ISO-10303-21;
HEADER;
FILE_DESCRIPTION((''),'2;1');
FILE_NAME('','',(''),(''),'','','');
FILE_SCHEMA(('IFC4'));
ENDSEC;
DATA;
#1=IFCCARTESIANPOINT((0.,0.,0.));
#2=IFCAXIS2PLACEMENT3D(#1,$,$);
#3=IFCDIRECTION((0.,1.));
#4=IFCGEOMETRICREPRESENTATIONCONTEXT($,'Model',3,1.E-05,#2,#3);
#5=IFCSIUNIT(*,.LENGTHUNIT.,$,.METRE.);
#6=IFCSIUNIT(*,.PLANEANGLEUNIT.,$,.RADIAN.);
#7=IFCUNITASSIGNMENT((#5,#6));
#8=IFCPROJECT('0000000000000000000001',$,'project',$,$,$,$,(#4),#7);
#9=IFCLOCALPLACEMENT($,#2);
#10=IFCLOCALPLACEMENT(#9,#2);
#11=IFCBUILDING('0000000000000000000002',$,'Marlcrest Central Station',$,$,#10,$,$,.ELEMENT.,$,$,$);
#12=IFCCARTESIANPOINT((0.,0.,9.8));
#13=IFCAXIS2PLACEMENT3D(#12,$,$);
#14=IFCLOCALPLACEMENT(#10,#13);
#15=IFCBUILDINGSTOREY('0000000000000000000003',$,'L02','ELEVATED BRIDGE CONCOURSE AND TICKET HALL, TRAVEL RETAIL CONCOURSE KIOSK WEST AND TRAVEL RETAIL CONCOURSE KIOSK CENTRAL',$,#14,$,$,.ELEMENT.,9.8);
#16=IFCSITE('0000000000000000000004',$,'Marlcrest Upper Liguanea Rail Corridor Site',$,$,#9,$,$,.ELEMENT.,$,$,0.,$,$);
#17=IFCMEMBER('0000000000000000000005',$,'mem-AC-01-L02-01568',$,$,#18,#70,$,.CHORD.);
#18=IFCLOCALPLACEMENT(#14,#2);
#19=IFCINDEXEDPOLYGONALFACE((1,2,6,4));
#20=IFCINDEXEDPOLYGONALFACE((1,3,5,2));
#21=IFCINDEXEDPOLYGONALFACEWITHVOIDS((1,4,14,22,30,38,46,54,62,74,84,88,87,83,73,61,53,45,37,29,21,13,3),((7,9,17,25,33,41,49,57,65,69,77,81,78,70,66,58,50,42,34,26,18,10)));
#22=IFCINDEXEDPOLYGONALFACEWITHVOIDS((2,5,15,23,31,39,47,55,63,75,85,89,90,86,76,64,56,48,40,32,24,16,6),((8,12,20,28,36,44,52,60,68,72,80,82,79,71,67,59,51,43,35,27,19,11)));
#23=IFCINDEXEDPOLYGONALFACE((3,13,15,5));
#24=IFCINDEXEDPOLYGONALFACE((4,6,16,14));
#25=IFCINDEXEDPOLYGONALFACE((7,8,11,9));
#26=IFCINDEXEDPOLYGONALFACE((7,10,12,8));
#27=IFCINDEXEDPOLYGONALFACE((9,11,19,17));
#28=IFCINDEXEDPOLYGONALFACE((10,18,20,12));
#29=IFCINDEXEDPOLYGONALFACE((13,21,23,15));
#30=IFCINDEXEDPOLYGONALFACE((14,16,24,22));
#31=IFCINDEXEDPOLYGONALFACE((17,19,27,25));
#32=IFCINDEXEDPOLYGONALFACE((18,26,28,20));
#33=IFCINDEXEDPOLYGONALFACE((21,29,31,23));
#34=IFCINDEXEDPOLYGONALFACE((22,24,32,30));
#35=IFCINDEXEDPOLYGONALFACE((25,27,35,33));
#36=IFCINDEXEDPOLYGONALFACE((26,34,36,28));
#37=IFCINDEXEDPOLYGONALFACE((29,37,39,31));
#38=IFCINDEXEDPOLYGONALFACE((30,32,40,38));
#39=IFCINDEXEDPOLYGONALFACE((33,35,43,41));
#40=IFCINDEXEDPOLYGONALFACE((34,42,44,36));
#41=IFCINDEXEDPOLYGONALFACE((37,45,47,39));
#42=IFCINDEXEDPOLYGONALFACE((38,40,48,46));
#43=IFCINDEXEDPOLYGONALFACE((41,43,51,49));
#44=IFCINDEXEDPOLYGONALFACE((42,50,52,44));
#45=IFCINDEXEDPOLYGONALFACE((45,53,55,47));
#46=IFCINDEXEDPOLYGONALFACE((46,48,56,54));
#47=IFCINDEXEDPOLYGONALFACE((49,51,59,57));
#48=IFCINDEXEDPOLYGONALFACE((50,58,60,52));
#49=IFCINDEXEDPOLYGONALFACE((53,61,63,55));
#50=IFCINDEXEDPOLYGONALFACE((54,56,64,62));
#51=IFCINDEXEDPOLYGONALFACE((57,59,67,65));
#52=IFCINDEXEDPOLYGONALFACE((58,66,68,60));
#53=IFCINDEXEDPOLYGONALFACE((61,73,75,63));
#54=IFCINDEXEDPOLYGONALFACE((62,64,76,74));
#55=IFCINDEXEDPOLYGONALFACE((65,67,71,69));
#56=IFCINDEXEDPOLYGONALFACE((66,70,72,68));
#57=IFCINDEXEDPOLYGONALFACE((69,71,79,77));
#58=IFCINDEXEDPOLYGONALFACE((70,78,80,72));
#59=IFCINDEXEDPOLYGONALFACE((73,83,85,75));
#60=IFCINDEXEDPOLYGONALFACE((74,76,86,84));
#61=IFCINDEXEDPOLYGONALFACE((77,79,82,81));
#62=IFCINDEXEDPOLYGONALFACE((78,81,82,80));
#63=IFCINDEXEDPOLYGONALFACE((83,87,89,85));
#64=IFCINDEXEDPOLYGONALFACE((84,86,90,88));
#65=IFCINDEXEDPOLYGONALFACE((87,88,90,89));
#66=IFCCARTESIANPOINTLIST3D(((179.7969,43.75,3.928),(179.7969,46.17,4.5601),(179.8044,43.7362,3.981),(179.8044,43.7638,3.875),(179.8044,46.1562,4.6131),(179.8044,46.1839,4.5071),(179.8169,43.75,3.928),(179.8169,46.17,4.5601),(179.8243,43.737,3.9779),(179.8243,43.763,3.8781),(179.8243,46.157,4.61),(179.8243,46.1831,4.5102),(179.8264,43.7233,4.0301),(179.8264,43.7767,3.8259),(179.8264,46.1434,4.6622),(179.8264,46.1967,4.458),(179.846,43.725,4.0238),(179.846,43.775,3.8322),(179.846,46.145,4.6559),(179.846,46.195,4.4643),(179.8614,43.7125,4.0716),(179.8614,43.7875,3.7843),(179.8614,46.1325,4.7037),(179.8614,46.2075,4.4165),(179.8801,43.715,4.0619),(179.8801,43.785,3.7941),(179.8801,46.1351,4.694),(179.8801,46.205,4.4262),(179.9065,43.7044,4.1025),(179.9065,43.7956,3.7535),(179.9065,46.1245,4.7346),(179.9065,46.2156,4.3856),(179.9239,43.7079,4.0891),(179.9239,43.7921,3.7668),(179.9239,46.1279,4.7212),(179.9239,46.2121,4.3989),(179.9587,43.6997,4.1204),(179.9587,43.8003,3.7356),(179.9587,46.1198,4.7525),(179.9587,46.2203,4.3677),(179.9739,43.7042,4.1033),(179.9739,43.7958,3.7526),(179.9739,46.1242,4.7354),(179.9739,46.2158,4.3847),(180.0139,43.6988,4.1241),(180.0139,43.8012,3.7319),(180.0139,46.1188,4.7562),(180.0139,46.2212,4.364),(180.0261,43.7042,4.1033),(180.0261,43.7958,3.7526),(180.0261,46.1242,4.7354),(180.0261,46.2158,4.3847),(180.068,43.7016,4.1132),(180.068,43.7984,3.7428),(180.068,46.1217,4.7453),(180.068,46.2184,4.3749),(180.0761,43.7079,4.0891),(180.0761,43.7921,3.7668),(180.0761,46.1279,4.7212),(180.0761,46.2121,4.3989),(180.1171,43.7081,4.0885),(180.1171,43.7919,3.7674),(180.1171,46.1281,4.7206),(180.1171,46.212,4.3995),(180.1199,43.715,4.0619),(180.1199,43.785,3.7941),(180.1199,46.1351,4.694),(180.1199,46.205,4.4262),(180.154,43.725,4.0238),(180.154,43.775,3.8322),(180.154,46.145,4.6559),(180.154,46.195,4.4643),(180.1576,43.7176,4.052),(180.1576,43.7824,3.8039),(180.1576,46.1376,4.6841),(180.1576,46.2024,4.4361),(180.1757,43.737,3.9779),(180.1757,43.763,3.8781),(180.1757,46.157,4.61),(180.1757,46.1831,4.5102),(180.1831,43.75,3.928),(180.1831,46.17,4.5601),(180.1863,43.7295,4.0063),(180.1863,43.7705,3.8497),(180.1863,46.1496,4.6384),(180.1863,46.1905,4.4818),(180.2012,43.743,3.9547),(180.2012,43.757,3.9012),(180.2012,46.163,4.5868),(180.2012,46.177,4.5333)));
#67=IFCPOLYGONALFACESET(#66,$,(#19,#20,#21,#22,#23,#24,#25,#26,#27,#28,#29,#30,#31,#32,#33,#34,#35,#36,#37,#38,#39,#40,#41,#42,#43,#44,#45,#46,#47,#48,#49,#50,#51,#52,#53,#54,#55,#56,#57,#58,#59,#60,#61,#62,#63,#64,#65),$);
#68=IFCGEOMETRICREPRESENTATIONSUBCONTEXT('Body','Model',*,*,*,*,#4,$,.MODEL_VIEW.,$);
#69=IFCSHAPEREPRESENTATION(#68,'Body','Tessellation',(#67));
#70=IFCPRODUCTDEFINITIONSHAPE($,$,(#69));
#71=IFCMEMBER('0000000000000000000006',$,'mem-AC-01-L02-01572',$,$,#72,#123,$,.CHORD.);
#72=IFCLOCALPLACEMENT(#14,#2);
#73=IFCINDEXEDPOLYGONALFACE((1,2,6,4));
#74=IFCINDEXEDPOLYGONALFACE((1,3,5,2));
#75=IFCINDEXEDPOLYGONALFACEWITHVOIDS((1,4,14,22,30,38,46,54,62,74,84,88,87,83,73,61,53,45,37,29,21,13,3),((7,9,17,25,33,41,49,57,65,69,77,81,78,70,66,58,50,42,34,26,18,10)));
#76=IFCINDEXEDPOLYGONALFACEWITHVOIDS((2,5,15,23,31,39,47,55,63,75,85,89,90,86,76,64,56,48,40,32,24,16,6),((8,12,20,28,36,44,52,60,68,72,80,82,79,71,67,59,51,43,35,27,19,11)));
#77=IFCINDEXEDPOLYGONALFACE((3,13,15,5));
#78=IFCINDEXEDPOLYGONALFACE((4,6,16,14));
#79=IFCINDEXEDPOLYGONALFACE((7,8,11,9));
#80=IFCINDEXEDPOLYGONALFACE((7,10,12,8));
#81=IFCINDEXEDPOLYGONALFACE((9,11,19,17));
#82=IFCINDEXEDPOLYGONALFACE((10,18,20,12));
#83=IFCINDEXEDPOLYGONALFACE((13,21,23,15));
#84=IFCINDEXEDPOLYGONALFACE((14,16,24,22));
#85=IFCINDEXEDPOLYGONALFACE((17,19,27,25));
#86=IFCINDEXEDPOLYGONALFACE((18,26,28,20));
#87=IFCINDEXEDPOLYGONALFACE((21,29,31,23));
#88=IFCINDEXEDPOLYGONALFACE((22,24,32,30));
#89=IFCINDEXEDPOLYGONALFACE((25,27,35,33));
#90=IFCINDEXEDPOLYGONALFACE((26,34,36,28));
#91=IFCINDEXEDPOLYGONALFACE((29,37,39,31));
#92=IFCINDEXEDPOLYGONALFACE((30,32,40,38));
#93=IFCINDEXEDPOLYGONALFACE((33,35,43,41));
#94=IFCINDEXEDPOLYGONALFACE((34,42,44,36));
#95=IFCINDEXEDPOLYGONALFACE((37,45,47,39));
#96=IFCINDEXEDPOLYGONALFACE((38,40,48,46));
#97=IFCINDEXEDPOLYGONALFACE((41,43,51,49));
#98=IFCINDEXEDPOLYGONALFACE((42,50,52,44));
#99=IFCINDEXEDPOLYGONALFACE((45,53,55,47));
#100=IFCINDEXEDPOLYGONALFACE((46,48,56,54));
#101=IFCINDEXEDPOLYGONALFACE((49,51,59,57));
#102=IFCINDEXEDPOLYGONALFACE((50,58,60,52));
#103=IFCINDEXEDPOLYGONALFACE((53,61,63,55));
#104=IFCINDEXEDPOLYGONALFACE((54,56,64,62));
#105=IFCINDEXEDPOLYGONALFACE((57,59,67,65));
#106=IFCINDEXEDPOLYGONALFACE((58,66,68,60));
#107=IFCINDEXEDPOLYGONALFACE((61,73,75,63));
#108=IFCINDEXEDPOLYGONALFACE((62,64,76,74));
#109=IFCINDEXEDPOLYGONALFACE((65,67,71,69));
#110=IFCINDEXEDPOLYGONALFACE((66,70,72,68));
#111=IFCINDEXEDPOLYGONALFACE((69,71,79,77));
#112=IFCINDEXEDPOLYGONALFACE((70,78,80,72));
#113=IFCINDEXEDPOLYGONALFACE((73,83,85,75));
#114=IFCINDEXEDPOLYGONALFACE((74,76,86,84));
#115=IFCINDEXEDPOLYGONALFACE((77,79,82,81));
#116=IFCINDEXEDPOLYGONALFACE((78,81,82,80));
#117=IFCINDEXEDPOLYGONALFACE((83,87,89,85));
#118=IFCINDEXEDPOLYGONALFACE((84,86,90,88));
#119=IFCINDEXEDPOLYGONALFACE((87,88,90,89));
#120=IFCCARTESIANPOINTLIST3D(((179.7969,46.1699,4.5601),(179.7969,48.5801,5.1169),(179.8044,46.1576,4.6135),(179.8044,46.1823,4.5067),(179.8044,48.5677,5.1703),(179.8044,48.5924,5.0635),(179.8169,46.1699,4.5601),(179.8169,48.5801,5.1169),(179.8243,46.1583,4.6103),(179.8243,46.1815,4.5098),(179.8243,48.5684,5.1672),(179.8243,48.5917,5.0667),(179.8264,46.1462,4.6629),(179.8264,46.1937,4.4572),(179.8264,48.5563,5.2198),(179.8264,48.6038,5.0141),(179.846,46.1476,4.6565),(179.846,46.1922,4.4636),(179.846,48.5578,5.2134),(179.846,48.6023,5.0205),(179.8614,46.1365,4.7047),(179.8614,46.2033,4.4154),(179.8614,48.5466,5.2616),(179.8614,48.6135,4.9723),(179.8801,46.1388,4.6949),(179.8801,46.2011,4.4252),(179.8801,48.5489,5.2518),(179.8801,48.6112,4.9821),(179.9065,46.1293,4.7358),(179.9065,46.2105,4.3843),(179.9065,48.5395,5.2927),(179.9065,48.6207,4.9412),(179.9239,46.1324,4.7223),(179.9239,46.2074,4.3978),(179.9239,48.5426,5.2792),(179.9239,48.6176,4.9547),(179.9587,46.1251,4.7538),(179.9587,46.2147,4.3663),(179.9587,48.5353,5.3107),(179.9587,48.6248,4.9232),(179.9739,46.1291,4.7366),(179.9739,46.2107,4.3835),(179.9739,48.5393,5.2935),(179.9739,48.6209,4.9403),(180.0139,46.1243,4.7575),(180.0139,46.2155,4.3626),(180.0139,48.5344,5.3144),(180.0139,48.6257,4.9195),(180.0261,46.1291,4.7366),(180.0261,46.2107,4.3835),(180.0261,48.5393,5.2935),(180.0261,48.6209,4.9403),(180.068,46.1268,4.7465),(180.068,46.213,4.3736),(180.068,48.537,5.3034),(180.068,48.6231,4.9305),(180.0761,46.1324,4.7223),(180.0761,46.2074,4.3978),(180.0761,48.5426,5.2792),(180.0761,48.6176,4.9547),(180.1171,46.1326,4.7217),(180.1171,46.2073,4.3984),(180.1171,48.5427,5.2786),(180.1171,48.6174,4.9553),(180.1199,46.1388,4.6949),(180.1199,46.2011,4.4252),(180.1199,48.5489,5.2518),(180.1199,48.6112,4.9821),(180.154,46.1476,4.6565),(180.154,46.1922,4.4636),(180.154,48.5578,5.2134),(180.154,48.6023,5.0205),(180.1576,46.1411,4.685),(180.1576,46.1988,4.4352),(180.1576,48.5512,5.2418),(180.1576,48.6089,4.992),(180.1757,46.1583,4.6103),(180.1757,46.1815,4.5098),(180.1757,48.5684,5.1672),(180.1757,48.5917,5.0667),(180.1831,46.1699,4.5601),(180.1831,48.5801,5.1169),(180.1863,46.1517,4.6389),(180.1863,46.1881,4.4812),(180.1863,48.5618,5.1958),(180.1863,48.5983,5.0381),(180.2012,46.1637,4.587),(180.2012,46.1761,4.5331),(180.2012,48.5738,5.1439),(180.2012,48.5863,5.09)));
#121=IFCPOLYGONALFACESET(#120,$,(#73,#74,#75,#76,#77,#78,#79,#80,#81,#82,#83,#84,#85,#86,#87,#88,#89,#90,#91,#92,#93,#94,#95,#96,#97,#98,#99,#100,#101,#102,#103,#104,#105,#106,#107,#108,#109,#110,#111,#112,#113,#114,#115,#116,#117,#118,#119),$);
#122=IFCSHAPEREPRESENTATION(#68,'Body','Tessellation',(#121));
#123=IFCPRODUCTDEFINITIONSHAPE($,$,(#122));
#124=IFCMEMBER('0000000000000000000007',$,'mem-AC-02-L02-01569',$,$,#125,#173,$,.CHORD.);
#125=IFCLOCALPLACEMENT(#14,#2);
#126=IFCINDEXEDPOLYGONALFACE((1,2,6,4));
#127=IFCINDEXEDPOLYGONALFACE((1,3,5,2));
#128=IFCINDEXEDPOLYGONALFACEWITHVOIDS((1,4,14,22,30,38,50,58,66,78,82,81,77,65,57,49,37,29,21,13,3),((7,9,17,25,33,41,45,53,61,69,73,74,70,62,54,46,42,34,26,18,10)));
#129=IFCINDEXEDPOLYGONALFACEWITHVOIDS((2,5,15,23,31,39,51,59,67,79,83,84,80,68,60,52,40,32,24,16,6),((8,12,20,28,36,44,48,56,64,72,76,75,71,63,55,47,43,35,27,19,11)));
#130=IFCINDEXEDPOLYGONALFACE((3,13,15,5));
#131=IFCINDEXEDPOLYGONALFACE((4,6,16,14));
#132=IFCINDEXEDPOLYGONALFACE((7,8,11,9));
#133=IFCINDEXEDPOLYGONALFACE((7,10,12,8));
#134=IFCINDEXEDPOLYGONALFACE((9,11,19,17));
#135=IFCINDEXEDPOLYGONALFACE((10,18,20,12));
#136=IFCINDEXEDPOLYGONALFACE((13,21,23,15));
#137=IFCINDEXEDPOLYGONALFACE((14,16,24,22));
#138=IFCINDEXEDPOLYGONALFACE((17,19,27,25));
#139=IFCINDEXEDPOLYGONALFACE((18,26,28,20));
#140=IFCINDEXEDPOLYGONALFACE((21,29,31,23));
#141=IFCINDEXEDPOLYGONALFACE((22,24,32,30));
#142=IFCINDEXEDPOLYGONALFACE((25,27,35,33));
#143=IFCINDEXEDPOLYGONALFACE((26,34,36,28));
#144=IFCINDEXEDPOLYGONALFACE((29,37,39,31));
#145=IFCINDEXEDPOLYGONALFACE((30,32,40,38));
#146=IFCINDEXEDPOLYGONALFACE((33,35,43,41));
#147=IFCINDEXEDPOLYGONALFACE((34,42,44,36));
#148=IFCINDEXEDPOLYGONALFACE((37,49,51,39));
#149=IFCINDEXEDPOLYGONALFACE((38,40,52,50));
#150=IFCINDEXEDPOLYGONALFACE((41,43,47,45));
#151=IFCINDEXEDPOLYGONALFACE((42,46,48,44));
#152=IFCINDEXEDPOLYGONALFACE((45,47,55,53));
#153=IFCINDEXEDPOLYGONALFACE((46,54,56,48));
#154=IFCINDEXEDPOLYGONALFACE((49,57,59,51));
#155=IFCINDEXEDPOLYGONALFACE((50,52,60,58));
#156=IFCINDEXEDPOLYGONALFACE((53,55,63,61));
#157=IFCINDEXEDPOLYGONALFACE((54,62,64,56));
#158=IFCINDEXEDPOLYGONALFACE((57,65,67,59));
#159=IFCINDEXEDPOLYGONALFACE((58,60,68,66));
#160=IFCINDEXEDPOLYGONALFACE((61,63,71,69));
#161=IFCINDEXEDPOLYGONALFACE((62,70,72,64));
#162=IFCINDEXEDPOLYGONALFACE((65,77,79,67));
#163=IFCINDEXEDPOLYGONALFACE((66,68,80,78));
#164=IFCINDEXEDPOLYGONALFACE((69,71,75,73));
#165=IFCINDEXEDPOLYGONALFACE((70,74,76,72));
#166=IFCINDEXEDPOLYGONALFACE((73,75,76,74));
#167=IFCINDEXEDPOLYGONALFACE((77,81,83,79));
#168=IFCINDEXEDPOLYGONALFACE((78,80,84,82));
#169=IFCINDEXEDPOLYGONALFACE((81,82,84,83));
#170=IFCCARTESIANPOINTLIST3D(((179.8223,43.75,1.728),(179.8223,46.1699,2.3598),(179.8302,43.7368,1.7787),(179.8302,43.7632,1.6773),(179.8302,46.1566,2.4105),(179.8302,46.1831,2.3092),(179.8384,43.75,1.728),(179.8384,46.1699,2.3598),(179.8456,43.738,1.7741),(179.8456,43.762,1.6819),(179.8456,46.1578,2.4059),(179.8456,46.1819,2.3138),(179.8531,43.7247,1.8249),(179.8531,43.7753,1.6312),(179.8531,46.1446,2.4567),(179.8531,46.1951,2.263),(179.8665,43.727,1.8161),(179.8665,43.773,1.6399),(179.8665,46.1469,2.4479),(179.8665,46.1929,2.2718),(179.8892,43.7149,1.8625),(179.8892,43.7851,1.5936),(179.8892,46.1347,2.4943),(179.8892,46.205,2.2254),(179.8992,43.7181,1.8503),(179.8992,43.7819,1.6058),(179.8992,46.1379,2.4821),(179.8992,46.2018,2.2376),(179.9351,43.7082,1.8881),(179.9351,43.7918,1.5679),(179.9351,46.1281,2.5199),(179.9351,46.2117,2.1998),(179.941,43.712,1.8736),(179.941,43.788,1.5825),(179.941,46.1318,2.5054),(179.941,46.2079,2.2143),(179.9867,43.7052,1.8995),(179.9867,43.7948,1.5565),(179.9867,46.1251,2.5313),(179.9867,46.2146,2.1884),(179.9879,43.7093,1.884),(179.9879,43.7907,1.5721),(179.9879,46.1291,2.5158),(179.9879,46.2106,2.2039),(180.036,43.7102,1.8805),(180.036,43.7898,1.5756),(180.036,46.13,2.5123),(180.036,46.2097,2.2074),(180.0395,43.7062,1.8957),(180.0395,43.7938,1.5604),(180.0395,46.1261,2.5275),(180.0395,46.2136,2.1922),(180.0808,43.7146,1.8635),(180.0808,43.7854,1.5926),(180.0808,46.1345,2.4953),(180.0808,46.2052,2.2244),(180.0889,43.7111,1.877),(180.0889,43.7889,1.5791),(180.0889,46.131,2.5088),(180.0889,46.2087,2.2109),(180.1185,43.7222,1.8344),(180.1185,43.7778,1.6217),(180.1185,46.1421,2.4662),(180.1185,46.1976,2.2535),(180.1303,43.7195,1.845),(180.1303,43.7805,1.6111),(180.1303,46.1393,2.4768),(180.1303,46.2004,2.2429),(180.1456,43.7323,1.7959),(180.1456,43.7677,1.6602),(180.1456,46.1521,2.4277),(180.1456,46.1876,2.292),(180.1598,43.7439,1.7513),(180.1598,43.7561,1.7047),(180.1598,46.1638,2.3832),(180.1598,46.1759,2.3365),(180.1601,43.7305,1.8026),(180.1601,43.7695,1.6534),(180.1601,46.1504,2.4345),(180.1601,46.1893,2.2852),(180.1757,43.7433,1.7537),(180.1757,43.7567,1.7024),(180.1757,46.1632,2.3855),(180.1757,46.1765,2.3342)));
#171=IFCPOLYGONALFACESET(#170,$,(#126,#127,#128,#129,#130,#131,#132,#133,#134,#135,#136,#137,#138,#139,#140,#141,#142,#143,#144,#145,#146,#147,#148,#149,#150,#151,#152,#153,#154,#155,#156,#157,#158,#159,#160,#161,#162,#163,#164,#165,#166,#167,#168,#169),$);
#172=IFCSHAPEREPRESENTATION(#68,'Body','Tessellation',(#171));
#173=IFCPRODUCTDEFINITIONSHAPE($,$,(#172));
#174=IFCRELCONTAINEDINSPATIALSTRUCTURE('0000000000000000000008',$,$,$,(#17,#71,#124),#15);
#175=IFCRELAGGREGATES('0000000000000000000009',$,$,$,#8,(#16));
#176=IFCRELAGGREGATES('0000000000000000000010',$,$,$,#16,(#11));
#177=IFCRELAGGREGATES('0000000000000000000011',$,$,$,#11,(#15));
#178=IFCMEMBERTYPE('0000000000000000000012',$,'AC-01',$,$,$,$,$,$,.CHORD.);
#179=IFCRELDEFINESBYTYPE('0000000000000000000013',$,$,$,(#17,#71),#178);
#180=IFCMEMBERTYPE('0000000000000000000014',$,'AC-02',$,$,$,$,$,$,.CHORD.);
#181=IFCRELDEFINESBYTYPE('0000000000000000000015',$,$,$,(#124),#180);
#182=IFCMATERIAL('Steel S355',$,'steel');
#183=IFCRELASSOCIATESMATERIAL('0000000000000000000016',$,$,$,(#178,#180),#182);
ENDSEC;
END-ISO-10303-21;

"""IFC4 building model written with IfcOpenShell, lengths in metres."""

from ifc_helpers import new_model, si_unit, direction, frame, origin, origin_2d, place, context, subcontext, project, spatial, hollow_circle, extrude, material, material_profile, profile_set, type_object, element, save


model = new_model("IFC4")

# Units and contexts
model_context = context("Model", 3, precision=1e-05, world=origin(), true_north=direction((0.0, 1.0)))
body_context = subcontext(model_context, "Body", "Model", "MODEL_VIEW")
ifc_project = project(units=[si_unit("LENGTHUNIT", "METRE"), si_unit("PLANEANGLEUNIT", "RADIAN")], contexts=[model_context])

# Site, building, storey
site_placement = place(None, origin())
site = spatial("IfcSite", under=ifc_project, at=site_placement, Name="Marlcrest Upper Liguanea Rail Corridor Site", CompositionType="ELEMENT", RefElevation=0.0)
building_placement = place(site_placement, origin())
building = spatial("IfcBuilding", under=site, at=building_placement, Name="Marlcrest Central Station", CompositionType="ELEMENT")
storey_placement = place(building_placement, frame((0.0, 0.0, 9.8)))
storey = spatial("IfcBuildingStorey", under=building, at=storey_placement, Name="L02", Description="ELEVATED BRIDGE CONCOURSE AND TICKET HALL, TRAVEL RETAIL CONCOURSE KIOSK WEST AND TRAVEL RETAIL CONCOURSE KIOSK CENTRAL", CompositionType="ELEMENT", Elevation=9.8)

# Members
ifc_material_1 = material(Name="Steel S355", Category="steel")
ifc_material_profile_1 = material_profile(ifc_material_1, hollow_circle(Radius=0.2031, WallThickness=0.02, at=origin_2d()), Name="CHS 406.4x20")
ifc_profile_set_1 = profile_set([ifc_material_profile_1], Name="Steel S355")
member_type_1 = type_object("IfcMemberType", Name="AC-01", PredefinedType="CHORD", material=ifc_profile_set_1)
member_1_placement = place(storey_placement, frame((180.0, 43.75, 3.928), z_axis=(0.0, 0.967539, 0.25272), x_axis=(-1.0, 0.0, 0.0)))
element("IfcMember", 1, at=member_1_placement, inside=storey, type_object=member_type_1, Name="mem-AC-01-L02-01568", PredefinedType="CHORD", context=body_context, shape_type="SweptSolid", body=[
    extrude(hollow_circle(Radius=0.2031, WallThickness=0.02, at=origin_2d()), origin(), (0.0, 0.0, 1.0), 2.5012),
])
member_2_placement = place(storey_placement, frame((180.0, 46.1699, 4.5601), z_axis=(0.0, 0.97433, 0.225126), x_axis=(-1.0, 0.0, 0.0)))
element("IfcMember", 2, at=member_2_placement, inside=storey, type_object=member_type_1, Name="mem-AC-01-L02-01572", PredefinedType="CHORD", context=body_context, shape_type="SweptSolid", body=[
    extrude(hollow_circle(Radius=0.2031, WallThickness=0.02, at=origin_2d()), origin(), (0.0, 0.0, 1.0), 2.4736),
])
ifc_material_profile_2 = material_profile(ifc_material_1, hollow_circle(Radius=0.1777, WallThickness=0.0161, at=origin_2d()), Name="CHS 355.6x16")
ifc_profile_set_2 = profile_set([ifc_material_profile_2], Name="Steel S355")
member_type_2 = type_object("IfcMemberType", Name="AC-02", PredefinedType="CHORD", material=ifc_profile_set_2)
member_3_placement = place(storey_placement, frame((180.0, 43.75, 1.728), z_axis=(0.0, 0.967563, 0.252629), x_axis=(-1.0, 0.0, 0.0)))
element("IfcMember", 3, at=member_3_placement, inside=storey, type_object=member_type_2, Name="mem-AC-02-L02-01569", PredefinedType="CHORD", context=body_context, shape_type="SweptSolid", body=[
    extrude(hollow_circle(Radius=0.1777, WallThickness=0.0161, at=origin_2d()), origin(), (0.0, 0.0, 1.0), 2.501),
])

save(model, "model.ifc")
